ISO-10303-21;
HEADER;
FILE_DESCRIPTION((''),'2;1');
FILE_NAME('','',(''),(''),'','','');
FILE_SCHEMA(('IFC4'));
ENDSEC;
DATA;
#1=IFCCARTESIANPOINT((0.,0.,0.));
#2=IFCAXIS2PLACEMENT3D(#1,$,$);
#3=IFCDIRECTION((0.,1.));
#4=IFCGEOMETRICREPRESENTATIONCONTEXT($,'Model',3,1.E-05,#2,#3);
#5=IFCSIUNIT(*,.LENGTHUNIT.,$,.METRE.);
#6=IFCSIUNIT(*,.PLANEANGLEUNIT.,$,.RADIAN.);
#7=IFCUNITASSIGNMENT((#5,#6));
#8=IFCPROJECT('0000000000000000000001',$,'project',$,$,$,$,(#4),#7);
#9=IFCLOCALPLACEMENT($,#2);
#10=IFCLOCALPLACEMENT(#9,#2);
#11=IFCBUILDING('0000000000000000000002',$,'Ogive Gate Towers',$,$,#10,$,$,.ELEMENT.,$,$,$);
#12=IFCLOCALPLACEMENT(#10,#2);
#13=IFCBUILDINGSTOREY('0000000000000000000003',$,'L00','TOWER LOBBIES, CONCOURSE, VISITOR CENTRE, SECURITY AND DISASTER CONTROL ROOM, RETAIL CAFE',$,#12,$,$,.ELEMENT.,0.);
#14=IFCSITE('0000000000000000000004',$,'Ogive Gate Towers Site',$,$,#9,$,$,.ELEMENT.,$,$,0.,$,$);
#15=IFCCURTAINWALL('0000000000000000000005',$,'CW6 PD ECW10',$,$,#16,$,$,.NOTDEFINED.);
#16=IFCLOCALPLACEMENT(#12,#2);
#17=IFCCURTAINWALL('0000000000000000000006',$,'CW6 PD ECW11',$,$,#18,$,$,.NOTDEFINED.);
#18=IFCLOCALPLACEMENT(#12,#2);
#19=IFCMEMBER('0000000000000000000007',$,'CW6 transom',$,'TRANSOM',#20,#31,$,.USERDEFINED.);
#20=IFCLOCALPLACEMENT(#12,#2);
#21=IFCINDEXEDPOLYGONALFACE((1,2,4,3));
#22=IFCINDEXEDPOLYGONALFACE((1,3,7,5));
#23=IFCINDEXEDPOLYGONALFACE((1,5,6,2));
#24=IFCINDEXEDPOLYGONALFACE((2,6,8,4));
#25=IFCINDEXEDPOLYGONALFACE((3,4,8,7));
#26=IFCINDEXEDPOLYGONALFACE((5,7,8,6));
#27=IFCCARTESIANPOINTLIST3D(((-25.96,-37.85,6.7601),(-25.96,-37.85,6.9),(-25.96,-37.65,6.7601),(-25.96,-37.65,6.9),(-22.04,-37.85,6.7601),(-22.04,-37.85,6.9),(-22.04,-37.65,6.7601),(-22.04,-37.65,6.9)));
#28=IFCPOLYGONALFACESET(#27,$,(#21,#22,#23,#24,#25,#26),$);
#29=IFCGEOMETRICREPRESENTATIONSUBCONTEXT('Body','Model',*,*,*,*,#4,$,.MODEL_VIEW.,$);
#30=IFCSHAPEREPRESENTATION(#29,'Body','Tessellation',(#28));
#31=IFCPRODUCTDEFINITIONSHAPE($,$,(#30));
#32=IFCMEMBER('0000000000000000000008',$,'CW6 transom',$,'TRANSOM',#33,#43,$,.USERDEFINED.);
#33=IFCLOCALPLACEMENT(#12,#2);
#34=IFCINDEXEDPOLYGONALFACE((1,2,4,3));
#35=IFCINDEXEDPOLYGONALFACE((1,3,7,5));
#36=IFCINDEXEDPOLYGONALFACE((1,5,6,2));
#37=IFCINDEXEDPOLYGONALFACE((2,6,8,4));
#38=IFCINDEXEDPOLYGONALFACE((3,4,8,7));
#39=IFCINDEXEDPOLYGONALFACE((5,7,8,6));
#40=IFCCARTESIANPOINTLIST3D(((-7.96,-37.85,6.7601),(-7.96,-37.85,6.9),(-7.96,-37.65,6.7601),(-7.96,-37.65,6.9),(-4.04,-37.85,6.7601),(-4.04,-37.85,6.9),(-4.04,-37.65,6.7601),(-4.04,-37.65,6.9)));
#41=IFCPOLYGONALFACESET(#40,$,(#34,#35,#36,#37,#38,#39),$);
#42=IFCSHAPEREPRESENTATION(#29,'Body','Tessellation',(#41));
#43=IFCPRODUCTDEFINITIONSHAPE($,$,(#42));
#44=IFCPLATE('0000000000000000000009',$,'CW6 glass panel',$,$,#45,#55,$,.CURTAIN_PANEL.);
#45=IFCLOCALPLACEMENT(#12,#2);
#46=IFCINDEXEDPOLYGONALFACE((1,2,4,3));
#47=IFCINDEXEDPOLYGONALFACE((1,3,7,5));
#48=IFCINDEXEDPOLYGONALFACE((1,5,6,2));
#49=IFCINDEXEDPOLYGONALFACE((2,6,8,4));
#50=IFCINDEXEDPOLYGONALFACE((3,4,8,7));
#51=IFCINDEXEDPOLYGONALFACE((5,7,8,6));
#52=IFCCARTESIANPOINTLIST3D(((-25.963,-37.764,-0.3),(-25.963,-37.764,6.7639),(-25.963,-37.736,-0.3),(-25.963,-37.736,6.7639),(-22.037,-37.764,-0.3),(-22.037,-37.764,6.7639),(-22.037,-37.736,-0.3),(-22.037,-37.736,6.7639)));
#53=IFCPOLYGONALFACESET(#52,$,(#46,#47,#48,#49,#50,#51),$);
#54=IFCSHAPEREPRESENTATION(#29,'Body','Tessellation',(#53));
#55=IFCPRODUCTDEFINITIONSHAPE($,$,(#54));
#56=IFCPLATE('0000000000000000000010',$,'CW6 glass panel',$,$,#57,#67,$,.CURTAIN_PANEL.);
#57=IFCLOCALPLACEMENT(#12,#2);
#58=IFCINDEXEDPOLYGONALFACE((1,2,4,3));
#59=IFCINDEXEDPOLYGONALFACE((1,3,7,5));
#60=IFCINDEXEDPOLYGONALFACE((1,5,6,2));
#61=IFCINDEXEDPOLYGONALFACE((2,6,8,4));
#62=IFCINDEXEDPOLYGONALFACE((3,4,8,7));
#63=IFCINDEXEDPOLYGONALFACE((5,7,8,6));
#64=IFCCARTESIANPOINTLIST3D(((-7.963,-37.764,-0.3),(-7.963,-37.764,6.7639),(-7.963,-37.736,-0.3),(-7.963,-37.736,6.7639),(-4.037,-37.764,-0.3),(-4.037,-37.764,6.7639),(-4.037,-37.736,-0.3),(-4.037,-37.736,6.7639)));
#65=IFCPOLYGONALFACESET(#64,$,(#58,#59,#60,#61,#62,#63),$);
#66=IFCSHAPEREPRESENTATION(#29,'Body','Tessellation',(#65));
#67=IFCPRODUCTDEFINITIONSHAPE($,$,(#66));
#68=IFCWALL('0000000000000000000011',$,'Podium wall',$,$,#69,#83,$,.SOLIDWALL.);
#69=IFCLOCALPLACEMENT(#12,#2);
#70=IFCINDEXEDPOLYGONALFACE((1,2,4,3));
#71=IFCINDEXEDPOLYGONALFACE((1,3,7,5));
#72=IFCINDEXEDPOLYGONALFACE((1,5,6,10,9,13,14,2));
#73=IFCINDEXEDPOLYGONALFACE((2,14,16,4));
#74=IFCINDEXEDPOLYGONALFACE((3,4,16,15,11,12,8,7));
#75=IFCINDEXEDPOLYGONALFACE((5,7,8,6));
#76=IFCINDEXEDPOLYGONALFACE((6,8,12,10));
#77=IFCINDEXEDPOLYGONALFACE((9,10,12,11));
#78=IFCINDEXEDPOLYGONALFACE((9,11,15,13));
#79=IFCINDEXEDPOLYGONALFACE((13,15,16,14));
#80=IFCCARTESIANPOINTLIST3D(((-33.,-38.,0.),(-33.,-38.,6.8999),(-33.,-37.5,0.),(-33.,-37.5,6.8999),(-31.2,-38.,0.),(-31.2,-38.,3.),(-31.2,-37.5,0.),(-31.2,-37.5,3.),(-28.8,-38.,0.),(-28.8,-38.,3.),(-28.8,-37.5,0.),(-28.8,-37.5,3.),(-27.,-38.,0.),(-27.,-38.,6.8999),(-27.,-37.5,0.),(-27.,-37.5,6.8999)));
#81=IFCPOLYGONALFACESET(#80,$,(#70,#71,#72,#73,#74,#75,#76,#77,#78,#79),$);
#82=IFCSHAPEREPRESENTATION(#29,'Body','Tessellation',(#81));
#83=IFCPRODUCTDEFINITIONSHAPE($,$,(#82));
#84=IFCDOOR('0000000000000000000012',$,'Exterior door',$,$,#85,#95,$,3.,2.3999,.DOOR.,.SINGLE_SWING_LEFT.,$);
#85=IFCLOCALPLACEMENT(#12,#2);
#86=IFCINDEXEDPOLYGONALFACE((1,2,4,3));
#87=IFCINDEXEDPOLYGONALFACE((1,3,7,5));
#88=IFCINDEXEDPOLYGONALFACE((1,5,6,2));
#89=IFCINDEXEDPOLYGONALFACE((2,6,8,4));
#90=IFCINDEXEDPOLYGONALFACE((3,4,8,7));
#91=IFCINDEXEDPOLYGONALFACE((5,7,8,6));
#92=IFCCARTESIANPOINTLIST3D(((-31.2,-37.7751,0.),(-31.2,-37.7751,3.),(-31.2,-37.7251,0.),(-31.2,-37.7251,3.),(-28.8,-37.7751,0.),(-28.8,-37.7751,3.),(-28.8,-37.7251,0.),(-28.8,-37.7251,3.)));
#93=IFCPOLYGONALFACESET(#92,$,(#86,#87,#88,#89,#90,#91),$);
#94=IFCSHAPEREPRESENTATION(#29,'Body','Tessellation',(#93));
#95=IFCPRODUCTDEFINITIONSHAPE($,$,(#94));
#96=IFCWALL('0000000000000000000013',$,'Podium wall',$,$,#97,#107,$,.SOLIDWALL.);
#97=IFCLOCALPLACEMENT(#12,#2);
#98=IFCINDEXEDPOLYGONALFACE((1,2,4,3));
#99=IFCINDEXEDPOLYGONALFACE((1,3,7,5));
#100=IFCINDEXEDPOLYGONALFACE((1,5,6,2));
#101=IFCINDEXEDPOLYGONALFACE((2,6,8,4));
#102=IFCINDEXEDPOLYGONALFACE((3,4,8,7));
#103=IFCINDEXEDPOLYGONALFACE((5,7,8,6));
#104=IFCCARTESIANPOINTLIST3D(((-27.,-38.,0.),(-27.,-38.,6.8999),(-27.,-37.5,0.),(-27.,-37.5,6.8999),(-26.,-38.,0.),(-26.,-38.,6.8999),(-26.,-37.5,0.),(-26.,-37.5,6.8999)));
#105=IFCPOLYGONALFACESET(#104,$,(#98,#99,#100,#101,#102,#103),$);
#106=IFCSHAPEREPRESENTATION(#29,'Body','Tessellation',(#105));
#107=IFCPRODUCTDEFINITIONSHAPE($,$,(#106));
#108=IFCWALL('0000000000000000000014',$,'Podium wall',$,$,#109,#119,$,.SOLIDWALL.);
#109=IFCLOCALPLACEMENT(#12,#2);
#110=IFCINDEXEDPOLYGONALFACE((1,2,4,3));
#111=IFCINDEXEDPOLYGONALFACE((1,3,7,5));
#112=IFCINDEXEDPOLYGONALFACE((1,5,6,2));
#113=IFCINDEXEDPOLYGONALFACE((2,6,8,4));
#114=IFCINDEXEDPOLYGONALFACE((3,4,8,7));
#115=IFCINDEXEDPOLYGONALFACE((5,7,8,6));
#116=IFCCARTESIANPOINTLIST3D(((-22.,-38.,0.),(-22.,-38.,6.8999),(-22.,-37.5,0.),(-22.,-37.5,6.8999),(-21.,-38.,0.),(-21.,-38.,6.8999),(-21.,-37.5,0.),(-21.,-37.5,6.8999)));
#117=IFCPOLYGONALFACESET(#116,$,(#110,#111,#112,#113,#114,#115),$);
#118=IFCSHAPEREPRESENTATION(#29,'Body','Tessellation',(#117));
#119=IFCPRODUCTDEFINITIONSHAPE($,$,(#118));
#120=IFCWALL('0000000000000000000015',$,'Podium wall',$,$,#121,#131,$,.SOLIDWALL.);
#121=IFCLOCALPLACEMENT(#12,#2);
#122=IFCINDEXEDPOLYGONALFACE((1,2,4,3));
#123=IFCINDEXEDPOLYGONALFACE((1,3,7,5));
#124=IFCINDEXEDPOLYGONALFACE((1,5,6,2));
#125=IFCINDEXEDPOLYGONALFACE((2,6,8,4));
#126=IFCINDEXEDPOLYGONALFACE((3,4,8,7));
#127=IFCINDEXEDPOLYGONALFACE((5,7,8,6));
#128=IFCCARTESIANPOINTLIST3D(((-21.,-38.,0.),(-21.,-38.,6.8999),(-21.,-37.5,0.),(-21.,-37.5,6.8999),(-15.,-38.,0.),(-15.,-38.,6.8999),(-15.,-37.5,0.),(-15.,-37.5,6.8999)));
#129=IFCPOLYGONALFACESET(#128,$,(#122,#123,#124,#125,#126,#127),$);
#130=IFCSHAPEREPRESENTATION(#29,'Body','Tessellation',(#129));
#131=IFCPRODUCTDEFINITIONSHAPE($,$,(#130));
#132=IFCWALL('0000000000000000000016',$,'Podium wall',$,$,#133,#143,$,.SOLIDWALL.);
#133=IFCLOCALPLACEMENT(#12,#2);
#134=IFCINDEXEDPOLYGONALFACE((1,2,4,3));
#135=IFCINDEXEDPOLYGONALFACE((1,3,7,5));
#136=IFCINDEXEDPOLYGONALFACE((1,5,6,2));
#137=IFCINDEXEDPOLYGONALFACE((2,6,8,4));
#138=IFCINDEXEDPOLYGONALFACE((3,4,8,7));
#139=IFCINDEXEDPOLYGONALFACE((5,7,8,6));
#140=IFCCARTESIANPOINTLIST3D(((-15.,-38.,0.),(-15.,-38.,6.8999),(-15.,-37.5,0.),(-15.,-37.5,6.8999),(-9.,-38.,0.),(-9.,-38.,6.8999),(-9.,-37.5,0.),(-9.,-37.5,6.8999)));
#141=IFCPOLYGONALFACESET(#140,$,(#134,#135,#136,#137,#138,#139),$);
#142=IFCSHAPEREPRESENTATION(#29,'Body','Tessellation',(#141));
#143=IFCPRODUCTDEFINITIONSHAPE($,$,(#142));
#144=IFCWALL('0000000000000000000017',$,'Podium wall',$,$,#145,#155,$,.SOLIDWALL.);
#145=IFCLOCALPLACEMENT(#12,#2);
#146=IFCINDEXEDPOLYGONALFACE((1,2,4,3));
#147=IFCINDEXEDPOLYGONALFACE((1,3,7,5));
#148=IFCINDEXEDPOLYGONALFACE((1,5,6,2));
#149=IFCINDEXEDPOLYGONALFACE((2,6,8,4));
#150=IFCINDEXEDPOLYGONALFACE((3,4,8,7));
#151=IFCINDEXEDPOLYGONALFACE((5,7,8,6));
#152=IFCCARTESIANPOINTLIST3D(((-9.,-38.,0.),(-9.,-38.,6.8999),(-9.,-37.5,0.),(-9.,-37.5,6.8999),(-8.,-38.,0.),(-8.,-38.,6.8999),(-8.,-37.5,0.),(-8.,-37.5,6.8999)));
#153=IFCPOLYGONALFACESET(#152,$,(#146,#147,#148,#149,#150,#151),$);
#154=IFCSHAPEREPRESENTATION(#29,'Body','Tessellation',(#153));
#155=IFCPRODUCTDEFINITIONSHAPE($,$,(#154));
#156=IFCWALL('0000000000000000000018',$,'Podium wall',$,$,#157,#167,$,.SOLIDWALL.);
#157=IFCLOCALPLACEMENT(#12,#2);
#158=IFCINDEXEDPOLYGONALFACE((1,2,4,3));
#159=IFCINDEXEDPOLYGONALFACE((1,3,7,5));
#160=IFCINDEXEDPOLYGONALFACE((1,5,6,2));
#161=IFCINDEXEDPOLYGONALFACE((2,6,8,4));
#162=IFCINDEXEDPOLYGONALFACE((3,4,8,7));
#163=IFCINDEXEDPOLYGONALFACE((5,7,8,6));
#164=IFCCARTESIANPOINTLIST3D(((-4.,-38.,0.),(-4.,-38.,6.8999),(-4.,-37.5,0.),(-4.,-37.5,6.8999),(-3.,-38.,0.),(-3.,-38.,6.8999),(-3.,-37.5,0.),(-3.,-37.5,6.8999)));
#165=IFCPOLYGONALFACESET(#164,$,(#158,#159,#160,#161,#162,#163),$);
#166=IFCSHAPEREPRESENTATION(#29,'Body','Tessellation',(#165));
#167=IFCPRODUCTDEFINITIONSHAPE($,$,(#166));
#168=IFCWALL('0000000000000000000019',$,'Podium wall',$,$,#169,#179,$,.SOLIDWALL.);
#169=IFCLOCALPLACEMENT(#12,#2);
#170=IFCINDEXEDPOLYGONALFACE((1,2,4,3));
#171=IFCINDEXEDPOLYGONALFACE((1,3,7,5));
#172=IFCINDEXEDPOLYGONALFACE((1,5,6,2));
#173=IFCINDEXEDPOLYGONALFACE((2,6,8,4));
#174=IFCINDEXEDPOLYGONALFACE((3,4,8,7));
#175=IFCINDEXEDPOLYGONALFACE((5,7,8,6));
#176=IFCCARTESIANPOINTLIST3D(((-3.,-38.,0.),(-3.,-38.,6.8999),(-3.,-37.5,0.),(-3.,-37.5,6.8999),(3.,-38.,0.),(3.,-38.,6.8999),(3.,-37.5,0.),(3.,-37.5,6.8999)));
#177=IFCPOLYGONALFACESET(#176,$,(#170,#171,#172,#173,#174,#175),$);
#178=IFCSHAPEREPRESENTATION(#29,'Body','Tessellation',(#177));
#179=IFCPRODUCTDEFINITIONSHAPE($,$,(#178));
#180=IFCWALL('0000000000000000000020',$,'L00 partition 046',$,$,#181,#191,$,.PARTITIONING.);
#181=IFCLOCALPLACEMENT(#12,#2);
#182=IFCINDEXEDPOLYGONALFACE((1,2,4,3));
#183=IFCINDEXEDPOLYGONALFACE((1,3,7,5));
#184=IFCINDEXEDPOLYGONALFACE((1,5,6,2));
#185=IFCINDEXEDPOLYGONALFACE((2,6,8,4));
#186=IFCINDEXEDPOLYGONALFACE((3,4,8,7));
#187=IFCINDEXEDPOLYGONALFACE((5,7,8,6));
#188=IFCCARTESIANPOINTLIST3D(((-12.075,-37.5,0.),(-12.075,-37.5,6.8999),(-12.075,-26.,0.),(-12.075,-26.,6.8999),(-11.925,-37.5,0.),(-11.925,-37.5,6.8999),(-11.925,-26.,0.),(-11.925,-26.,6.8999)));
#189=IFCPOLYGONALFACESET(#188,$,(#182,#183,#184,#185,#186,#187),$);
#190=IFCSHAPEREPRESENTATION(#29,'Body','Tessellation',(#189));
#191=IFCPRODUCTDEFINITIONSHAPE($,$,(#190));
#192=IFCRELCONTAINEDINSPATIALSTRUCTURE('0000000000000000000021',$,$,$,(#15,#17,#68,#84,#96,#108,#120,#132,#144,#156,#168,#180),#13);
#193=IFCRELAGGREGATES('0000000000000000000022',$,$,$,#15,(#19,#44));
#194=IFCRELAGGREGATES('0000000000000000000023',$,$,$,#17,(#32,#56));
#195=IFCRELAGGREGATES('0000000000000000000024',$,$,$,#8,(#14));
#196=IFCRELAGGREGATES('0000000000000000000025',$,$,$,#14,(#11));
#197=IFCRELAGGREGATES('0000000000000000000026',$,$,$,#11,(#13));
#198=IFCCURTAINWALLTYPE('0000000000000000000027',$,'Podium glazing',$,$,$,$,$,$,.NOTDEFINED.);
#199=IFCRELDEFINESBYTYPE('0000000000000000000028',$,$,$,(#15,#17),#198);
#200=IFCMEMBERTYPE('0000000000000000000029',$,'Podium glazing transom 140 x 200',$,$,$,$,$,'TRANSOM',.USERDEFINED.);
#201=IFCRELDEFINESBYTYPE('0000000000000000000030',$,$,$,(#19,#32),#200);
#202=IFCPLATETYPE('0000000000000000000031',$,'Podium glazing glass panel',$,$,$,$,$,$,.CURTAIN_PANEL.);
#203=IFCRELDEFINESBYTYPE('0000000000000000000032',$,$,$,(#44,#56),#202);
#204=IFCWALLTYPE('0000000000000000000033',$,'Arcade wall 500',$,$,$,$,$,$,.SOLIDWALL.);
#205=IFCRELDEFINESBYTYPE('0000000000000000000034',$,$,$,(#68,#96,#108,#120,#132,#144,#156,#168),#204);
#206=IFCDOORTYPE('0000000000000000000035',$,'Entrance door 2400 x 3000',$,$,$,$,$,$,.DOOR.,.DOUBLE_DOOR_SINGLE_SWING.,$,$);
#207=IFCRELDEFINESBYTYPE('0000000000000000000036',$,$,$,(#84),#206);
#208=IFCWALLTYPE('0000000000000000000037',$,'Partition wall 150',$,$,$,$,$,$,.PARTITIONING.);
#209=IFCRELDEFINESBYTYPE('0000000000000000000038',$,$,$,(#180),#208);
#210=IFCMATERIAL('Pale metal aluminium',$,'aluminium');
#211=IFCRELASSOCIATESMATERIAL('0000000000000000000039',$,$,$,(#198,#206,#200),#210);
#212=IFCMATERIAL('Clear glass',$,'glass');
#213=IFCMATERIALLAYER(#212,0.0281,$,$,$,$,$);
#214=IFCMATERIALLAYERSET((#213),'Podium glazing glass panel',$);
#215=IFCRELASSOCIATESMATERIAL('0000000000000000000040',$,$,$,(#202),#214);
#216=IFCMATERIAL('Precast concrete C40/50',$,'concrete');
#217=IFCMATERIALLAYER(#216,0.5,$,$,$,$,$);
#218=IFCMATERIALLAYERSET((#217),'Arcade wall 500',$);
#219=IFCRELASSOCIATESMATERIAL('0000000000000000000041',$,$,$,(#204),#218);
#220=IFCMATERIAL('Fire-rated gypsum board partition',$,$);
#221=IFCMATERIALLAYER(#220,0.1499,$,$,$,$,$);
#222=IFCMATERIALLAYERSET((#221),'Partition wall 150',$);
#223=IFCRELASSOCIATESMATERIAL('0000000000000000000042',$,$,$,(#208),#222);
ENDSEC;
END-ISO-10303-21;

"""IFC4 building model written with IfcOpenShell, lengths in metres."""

from ifc_helpers import new_model, si_unit, direction, frame, frame_2d, origin, origin_2d, place, context, subcontext, project, spatial, rectangle, extrude, material, layer, layer_set, material_profile, profile_set, type_object, element, fill, aggregate, save


model = new_model("IFC4")

# Units and contexts
model_context = context("Model", 3, precision=1e-05, world=origin(), true_north=direction((0.0, 1.0)))
body_context = subcontext(model_context, "Body", "Model", "MODEL_VIEW")
ifc_project = project(units=[si_unit("LENGTHUNIT", "METRE"), si_unit("PLANEANGLEUNIT", "RADIAN")], contexts=[model_context])

# Site, building, storey
site_placement = place(None, origin())
site = spatial("IfcSite", under=ifc_project, at=site_placement, Name="Ogive Gate Towers Site", CompositionType="ELEMENT", RefElevation=0.0)
building_placement = place(site_placement, origin())
building = spatial("IfcBuilding", under=site, at=building_placement, Name="Ogive Gate Towers", CompositionType="ELEMENT")
storey_placement = place(building_placement, origin())
storey = spatial("IfcBuildingStorey", under=building, at=storey_placement, Name="L00", Description="TOWER LOBBIES, CONCOURSE, VISITOR CENTRE, SECURITY AND DISASTER CONTROL ROOM, RETAIL CAFE", CompositionType="ELEMENT", Elevation=0.0)

# Curtain walls
ifc_material_1 = material(Name="Pale metal aluminium", Category="aluminium")
curtain_wall_type = type_object("IfcCurtainWallType", Name="Podium glazing", PredefinedType="NOTDEFINED", material=ifc_material_1)
curtain_wall_1_placement = place(storey_placement, origin())
curtain_wall_1 = element("IfcCurtainWall", 1, at=curtain_wall_1_placement, inside=storey, type_object=curtain_wall_type, Name="CW6 PD ECW10", PredefinedType="NOTDEFINED")
curtain_wall_2_placement = place(storey_placement, origin())
curtain_wall_2 = element("IfcCurtainWall", 2, at=curtain_wall_2_placement, inside=storey, type_object=curtain_wall_type, Name="CW6 PD ECW11", PredefinedType="NOTDEFINED")

# Members
ifc_material_profile_1 = material_profile(ifc_material_1, rectangle(XDim=0.2, YDim=0.1399, at=origin_2d()), Name="140 x 200 aluminium box")
ifc_profile_set_1 = profile_set([ifc_material_profile_1], Name="Pale metal aluminium")
member_type_1 = type_object("IfcMemberType", Name="Podium glazing transom 140 x 200", ElementType="TRANSOM", PredefinedType="USERDEFINED", material=ifc_profile_set_1)
member_1_placement = place(storey_placement, frame((-25.96, -37.75, 6.8301), z_axis=(1.0, 0.0, 0.0), x_axis=(0.0, 1.0, 0.0)))
member_1 = element("IfcMember", 3, at=member_1_placement, type_object=member_type_1, Name="CW6 transom", ObjectType="TRANSOM", PredefinedType="USERDEFINED", context=body_context, shape_type="SweptSolid", body=[
    extrude(rectangle(XDim=0.2, YDim=0.1399, at=origin_2d()), origin(), (0.0, 0.0, 1.0), 3.9199),
])
member_2_placement = place(storey_placement, frame((-7.96, -37.75, 6.8301), z_axis=(1.0, 0.0, 0.0), x_axis=(0.0, 1.0, 0.0)))
member_2 = element("IfcMember", 4, at=member_2_placement, type_object=member_type_1, Name="CW6 transom", ObjectType="TRANSOM", PredefinedType="USERDEFINED", context=body_context, shape_type="SweptSolid", body=[
    extrude(rectangle(XDim=0.2, YDim=0.1399, at=origin_2d()), origin(), (0.0, 0.0, 1.0), 3.9199),
])

# Plates
ifc_material_2 = material(Name="Clear glass", Category="glass")
ifc_layer_1 = layer(ifc_material_2, 0.0281)
ifc_layer_set_1 = layer_set([ifc_layer_1], Name="Podium glazing glass panel")
plate_type = type_object("IfcPlateType", Name="Podium glazing glass panel", PredefinedType="CURTAIN_PANEL", material=ifc_layer_set_1)
plate_1_placement = place(storey_placement, frame((-24.0, -37.75, -0.3), z_axis=(0.0, 0.0, 1.0), x_axis=(1.0, 0.0, 0.0)))
plate_1 = element("IfcPlate", 5, at=plate_1_placement, type_object=plate_type, Name="CW6 glass panel", PredefinedType="CURTAIN_PANEL", context=body_context, shape_type="SweptSolid", body=[
    extrude(rectangle(XDim=3.926, YDim=0.0281, at=origin_2d()), origin(), (0.0, 0.0, 1.0), 7.064),
])
aggregate(curtain_wall_1, [member_1, plate_1])
plate_2_placement = place(storey_placement, frame((-6.0, -37.75, -0.3), z_axis=(0.0, 0.0, 1.0), x_axis=(1.0, 0.0, 0.0)))
plate_2 = element("IfcPlate", 6, at=plate_2_placement, type_object=plate_type, Name="CW6 glass panel", PredefinedType="CURTAIN_PANEL", context=body_context, shape_type="SweptSolid", body=[
    extrude(rectangle(XDim=3.926, YDim=0.0281, at=origin_2d()), origin(), (0.0, 0.0, 1.0), 7.064),
])
aggregate(curtain_wall_2, [member_2, plate_2])

# Wall, opening, door
ifc_material_3 = material(Name="Precast concrete C40/50", Category="concrete")
ifc_layer_2 = layer(ifc_material_3, 0.5)
ifc_layer_set_2 = layer_set([ifc_layer_2], Name="Arcade wall 500")
wall_type_1 = type_object("IfcWallType", Name="Arcade wall 500", PredefinedType="SOLIDWALL", material=ifc_layer_set_2)
wall_1_placement = place(storey_placement, frame((-33.0, -37.75, 0.0), z_axis=(0.0, 0.0, 1.0), x_axis=(1.0, 0.0, 0.0)))
wall_1 = element("IfcWall", 7, at=wall_1_placement, inside=storey, type_object=wall_type_1, Name="Podium wall", PredefinedType="SOLIDWALL", context=body_context, shape_type="SweptSolid", body=[
    extrude(rectangle(XDim=6.0, YDim=0.5, at=frame_2d((3.0, 0.0))), origin(), (0.0, 0.0, 1.0), 6.8999),
])
opening_placement = place(wall_1_placement, frame((1.8, 0.0, 0.0)))
opening = element("IfcOpeningElement", 8, at=opening_placement, cuts=wall_1, PredefinedType="OPENING", context=body_context, shape_type="SweptSolid", body=[
    extrude(rectangle(XDim=2.3999, YDim=3.0, at=frame_2d((1.2, 1.5))), frame((0.0, 0.26, 0.0), z_axis=(0.0, -1.0, 0.0), x_axis=(1.0, 0.0, 0.0)), (0.0, 0.0, 1.0), 0.52),
])
door_type = type_object("IfcDoorType", Name="Entrance door 2400 x 3000", OperationType="DOUBLE_DOOR_SINGLE_SWING", PredefinedType="DOOR", material=ifc_material_1)
door_placement = place(opening_placement, origin())
door = element("IfcDoor", 9, at=door_placement, inside=storey, type_object=door_type, Name="Exterior door", OperationType="SINGLE_SWING_LEFT", OverallHeight=3.0, OverallWidth=2.3999, PredefinedType="DOOR", context=body_context, shape_type="SweptSolid", body=[
    extrude(rectangle(XDim=2.3999, YDim=3.0, at=frame_2d((1.2, 1.5))), frame((0.0, 0.0249, 0.0), z_axis=(0.0, -1.0, 0.0), x_axis=(1.0, 0.0, 0.0)), (0.0, 0.0, 1.0), 0.05),
])
fill(opening, door)

# Walls
for number, where, z_axis, x_axis, name in (
    (10, (-27.0, -37.75, 0.0), (0.0, 0.0, 1.0), (1.0, 0.0, 0.0), "Podium wall"),
    (11, (-22.0, -37.75, 0.0), (0.0, 0.0, 1.0), (1.0, 0.0, 0.0), "Podium wall"),
):
    element("IfcWall", number, at=place(storey_placement, frame(where, z_axis=z_axis, x_axis=x_axis)), inside=storey, type_object=wall_type_1, Name=name, PredefinedType="SOLIDWALL", context=body_context, shape_type="SweptSolid", body=[
        extrude(rectangle(XDim=1.0, YDim=0.5, at=frame_2d((0.5, 0.0))), origin(), (0.0, 0.0, 1.0), 6.8999),
    ])
for number, where, z_axis, x_axis, name in (
    (12, (-21.0, -37.75, 0.0), (0.0, 0.0, 1.0), (1.0, 0.0, 0.0), "Podium wall"),
    (13, (-15.0, -37.75, 0.0), (0.0, 0.0, 1.0), (1.0, 0.0, 0.0), "Podium wall"),
):
    element("IfcWall", number, at=place(storey_placement, frame(where, z_axis=z_axis, x_axis=x_axis)), inside=storey, type_object=wall_type_1, Name=name, PredefinedType="SOLIDWALL", context=body_context, shape_type="SweptSolid", body=[
        extrude(rectangle(XDim=6.0, YDim=0.5, at=frame_2d((3.0, 0.0))), origin(), (0.0, 0.0, 1.0), 6.8999),
    ])
for number, where, z_axis, x_axis, name in (
    (14, (-9.0, -37.75, 0.0), (0.0, 0.0, 1.0), (1.0, 0.0, 0.0), "Podium wall"),
    (15, (-4.0, -37.75, 0.0), (0.0, 0.0, 1.0), (1.0, 0.0, 0.0), "Podium wall"),
):
    element("IfcWall", number, at=place(storey_placement, frame(where, z_axis=z_axis, x_axis=x_axis)), inside=storey, type_object=wall_type_1, Name=name, PredefinedType="SOLIDWALL", context=body_context, shape_type="SweptSolid", body=[
        extrude(rectangle(XDim=1.0, YDim=0.5, at=frame_2d((0.5, 0.0))), origin(), (0.0, 0.0, 1.0), 6.8999),
    ])
wall_2_placement = place(storey_placement, frame((-3.0, -37.75, 0.0), z_axis=(0.0, 0.0, 1.0), x_axis=(1.0, 0.0, 0.0)))
element("IfcWall", 16, at=wall_2_placement, inside=storey, type_object=wall_type_1, Name="Podium wall", PredefinedType="SOLIDWALL", context=body_context, shape_type="SweptSolid", body=[
    extrude(rectangle(XDim=6.0, YDim=0.5, at=frame_2d((3.0, 0.0))), origin(), (0.0, 0.0, 1.0), 6.8999),
])
ifc_material_4 = material(Name="Fire-rated gypsum board partition")
ifc_layer_3 = layer(ifc_material_4, 0.1499)
ifc_layer_set_3 = layer_set([ifc_layer_3], Name="Partition wall 150")
wall_type_2 = type_object("IfcWallType", Name="Partition wall 150", PredefinedType="PARTITIONING", material=ifc_layer_set_3)
wall_3_placement = place(storey_placement, frame((-12.0, -37.5, 0.0), z_axis=(0.0, 0.0, 1.0), x_axis=(0.0, 1.0, 0.0)))
element("IfcWall", 17, at=wall_3_placement, inside=storey, type_object=wall_type_2, Name="L00 partition 046", PredefinedType="PARTITIONING", context=body_context, shape_type="SweptSolid", body=[
    extrude(rectangle(XDim=11.5, YDim=0.1499, at=frame_2d((5.75, 0.0))), origin(), (0.0, 0.0, 1.0), 6.8999),
])

save(model, "model.ifc")
